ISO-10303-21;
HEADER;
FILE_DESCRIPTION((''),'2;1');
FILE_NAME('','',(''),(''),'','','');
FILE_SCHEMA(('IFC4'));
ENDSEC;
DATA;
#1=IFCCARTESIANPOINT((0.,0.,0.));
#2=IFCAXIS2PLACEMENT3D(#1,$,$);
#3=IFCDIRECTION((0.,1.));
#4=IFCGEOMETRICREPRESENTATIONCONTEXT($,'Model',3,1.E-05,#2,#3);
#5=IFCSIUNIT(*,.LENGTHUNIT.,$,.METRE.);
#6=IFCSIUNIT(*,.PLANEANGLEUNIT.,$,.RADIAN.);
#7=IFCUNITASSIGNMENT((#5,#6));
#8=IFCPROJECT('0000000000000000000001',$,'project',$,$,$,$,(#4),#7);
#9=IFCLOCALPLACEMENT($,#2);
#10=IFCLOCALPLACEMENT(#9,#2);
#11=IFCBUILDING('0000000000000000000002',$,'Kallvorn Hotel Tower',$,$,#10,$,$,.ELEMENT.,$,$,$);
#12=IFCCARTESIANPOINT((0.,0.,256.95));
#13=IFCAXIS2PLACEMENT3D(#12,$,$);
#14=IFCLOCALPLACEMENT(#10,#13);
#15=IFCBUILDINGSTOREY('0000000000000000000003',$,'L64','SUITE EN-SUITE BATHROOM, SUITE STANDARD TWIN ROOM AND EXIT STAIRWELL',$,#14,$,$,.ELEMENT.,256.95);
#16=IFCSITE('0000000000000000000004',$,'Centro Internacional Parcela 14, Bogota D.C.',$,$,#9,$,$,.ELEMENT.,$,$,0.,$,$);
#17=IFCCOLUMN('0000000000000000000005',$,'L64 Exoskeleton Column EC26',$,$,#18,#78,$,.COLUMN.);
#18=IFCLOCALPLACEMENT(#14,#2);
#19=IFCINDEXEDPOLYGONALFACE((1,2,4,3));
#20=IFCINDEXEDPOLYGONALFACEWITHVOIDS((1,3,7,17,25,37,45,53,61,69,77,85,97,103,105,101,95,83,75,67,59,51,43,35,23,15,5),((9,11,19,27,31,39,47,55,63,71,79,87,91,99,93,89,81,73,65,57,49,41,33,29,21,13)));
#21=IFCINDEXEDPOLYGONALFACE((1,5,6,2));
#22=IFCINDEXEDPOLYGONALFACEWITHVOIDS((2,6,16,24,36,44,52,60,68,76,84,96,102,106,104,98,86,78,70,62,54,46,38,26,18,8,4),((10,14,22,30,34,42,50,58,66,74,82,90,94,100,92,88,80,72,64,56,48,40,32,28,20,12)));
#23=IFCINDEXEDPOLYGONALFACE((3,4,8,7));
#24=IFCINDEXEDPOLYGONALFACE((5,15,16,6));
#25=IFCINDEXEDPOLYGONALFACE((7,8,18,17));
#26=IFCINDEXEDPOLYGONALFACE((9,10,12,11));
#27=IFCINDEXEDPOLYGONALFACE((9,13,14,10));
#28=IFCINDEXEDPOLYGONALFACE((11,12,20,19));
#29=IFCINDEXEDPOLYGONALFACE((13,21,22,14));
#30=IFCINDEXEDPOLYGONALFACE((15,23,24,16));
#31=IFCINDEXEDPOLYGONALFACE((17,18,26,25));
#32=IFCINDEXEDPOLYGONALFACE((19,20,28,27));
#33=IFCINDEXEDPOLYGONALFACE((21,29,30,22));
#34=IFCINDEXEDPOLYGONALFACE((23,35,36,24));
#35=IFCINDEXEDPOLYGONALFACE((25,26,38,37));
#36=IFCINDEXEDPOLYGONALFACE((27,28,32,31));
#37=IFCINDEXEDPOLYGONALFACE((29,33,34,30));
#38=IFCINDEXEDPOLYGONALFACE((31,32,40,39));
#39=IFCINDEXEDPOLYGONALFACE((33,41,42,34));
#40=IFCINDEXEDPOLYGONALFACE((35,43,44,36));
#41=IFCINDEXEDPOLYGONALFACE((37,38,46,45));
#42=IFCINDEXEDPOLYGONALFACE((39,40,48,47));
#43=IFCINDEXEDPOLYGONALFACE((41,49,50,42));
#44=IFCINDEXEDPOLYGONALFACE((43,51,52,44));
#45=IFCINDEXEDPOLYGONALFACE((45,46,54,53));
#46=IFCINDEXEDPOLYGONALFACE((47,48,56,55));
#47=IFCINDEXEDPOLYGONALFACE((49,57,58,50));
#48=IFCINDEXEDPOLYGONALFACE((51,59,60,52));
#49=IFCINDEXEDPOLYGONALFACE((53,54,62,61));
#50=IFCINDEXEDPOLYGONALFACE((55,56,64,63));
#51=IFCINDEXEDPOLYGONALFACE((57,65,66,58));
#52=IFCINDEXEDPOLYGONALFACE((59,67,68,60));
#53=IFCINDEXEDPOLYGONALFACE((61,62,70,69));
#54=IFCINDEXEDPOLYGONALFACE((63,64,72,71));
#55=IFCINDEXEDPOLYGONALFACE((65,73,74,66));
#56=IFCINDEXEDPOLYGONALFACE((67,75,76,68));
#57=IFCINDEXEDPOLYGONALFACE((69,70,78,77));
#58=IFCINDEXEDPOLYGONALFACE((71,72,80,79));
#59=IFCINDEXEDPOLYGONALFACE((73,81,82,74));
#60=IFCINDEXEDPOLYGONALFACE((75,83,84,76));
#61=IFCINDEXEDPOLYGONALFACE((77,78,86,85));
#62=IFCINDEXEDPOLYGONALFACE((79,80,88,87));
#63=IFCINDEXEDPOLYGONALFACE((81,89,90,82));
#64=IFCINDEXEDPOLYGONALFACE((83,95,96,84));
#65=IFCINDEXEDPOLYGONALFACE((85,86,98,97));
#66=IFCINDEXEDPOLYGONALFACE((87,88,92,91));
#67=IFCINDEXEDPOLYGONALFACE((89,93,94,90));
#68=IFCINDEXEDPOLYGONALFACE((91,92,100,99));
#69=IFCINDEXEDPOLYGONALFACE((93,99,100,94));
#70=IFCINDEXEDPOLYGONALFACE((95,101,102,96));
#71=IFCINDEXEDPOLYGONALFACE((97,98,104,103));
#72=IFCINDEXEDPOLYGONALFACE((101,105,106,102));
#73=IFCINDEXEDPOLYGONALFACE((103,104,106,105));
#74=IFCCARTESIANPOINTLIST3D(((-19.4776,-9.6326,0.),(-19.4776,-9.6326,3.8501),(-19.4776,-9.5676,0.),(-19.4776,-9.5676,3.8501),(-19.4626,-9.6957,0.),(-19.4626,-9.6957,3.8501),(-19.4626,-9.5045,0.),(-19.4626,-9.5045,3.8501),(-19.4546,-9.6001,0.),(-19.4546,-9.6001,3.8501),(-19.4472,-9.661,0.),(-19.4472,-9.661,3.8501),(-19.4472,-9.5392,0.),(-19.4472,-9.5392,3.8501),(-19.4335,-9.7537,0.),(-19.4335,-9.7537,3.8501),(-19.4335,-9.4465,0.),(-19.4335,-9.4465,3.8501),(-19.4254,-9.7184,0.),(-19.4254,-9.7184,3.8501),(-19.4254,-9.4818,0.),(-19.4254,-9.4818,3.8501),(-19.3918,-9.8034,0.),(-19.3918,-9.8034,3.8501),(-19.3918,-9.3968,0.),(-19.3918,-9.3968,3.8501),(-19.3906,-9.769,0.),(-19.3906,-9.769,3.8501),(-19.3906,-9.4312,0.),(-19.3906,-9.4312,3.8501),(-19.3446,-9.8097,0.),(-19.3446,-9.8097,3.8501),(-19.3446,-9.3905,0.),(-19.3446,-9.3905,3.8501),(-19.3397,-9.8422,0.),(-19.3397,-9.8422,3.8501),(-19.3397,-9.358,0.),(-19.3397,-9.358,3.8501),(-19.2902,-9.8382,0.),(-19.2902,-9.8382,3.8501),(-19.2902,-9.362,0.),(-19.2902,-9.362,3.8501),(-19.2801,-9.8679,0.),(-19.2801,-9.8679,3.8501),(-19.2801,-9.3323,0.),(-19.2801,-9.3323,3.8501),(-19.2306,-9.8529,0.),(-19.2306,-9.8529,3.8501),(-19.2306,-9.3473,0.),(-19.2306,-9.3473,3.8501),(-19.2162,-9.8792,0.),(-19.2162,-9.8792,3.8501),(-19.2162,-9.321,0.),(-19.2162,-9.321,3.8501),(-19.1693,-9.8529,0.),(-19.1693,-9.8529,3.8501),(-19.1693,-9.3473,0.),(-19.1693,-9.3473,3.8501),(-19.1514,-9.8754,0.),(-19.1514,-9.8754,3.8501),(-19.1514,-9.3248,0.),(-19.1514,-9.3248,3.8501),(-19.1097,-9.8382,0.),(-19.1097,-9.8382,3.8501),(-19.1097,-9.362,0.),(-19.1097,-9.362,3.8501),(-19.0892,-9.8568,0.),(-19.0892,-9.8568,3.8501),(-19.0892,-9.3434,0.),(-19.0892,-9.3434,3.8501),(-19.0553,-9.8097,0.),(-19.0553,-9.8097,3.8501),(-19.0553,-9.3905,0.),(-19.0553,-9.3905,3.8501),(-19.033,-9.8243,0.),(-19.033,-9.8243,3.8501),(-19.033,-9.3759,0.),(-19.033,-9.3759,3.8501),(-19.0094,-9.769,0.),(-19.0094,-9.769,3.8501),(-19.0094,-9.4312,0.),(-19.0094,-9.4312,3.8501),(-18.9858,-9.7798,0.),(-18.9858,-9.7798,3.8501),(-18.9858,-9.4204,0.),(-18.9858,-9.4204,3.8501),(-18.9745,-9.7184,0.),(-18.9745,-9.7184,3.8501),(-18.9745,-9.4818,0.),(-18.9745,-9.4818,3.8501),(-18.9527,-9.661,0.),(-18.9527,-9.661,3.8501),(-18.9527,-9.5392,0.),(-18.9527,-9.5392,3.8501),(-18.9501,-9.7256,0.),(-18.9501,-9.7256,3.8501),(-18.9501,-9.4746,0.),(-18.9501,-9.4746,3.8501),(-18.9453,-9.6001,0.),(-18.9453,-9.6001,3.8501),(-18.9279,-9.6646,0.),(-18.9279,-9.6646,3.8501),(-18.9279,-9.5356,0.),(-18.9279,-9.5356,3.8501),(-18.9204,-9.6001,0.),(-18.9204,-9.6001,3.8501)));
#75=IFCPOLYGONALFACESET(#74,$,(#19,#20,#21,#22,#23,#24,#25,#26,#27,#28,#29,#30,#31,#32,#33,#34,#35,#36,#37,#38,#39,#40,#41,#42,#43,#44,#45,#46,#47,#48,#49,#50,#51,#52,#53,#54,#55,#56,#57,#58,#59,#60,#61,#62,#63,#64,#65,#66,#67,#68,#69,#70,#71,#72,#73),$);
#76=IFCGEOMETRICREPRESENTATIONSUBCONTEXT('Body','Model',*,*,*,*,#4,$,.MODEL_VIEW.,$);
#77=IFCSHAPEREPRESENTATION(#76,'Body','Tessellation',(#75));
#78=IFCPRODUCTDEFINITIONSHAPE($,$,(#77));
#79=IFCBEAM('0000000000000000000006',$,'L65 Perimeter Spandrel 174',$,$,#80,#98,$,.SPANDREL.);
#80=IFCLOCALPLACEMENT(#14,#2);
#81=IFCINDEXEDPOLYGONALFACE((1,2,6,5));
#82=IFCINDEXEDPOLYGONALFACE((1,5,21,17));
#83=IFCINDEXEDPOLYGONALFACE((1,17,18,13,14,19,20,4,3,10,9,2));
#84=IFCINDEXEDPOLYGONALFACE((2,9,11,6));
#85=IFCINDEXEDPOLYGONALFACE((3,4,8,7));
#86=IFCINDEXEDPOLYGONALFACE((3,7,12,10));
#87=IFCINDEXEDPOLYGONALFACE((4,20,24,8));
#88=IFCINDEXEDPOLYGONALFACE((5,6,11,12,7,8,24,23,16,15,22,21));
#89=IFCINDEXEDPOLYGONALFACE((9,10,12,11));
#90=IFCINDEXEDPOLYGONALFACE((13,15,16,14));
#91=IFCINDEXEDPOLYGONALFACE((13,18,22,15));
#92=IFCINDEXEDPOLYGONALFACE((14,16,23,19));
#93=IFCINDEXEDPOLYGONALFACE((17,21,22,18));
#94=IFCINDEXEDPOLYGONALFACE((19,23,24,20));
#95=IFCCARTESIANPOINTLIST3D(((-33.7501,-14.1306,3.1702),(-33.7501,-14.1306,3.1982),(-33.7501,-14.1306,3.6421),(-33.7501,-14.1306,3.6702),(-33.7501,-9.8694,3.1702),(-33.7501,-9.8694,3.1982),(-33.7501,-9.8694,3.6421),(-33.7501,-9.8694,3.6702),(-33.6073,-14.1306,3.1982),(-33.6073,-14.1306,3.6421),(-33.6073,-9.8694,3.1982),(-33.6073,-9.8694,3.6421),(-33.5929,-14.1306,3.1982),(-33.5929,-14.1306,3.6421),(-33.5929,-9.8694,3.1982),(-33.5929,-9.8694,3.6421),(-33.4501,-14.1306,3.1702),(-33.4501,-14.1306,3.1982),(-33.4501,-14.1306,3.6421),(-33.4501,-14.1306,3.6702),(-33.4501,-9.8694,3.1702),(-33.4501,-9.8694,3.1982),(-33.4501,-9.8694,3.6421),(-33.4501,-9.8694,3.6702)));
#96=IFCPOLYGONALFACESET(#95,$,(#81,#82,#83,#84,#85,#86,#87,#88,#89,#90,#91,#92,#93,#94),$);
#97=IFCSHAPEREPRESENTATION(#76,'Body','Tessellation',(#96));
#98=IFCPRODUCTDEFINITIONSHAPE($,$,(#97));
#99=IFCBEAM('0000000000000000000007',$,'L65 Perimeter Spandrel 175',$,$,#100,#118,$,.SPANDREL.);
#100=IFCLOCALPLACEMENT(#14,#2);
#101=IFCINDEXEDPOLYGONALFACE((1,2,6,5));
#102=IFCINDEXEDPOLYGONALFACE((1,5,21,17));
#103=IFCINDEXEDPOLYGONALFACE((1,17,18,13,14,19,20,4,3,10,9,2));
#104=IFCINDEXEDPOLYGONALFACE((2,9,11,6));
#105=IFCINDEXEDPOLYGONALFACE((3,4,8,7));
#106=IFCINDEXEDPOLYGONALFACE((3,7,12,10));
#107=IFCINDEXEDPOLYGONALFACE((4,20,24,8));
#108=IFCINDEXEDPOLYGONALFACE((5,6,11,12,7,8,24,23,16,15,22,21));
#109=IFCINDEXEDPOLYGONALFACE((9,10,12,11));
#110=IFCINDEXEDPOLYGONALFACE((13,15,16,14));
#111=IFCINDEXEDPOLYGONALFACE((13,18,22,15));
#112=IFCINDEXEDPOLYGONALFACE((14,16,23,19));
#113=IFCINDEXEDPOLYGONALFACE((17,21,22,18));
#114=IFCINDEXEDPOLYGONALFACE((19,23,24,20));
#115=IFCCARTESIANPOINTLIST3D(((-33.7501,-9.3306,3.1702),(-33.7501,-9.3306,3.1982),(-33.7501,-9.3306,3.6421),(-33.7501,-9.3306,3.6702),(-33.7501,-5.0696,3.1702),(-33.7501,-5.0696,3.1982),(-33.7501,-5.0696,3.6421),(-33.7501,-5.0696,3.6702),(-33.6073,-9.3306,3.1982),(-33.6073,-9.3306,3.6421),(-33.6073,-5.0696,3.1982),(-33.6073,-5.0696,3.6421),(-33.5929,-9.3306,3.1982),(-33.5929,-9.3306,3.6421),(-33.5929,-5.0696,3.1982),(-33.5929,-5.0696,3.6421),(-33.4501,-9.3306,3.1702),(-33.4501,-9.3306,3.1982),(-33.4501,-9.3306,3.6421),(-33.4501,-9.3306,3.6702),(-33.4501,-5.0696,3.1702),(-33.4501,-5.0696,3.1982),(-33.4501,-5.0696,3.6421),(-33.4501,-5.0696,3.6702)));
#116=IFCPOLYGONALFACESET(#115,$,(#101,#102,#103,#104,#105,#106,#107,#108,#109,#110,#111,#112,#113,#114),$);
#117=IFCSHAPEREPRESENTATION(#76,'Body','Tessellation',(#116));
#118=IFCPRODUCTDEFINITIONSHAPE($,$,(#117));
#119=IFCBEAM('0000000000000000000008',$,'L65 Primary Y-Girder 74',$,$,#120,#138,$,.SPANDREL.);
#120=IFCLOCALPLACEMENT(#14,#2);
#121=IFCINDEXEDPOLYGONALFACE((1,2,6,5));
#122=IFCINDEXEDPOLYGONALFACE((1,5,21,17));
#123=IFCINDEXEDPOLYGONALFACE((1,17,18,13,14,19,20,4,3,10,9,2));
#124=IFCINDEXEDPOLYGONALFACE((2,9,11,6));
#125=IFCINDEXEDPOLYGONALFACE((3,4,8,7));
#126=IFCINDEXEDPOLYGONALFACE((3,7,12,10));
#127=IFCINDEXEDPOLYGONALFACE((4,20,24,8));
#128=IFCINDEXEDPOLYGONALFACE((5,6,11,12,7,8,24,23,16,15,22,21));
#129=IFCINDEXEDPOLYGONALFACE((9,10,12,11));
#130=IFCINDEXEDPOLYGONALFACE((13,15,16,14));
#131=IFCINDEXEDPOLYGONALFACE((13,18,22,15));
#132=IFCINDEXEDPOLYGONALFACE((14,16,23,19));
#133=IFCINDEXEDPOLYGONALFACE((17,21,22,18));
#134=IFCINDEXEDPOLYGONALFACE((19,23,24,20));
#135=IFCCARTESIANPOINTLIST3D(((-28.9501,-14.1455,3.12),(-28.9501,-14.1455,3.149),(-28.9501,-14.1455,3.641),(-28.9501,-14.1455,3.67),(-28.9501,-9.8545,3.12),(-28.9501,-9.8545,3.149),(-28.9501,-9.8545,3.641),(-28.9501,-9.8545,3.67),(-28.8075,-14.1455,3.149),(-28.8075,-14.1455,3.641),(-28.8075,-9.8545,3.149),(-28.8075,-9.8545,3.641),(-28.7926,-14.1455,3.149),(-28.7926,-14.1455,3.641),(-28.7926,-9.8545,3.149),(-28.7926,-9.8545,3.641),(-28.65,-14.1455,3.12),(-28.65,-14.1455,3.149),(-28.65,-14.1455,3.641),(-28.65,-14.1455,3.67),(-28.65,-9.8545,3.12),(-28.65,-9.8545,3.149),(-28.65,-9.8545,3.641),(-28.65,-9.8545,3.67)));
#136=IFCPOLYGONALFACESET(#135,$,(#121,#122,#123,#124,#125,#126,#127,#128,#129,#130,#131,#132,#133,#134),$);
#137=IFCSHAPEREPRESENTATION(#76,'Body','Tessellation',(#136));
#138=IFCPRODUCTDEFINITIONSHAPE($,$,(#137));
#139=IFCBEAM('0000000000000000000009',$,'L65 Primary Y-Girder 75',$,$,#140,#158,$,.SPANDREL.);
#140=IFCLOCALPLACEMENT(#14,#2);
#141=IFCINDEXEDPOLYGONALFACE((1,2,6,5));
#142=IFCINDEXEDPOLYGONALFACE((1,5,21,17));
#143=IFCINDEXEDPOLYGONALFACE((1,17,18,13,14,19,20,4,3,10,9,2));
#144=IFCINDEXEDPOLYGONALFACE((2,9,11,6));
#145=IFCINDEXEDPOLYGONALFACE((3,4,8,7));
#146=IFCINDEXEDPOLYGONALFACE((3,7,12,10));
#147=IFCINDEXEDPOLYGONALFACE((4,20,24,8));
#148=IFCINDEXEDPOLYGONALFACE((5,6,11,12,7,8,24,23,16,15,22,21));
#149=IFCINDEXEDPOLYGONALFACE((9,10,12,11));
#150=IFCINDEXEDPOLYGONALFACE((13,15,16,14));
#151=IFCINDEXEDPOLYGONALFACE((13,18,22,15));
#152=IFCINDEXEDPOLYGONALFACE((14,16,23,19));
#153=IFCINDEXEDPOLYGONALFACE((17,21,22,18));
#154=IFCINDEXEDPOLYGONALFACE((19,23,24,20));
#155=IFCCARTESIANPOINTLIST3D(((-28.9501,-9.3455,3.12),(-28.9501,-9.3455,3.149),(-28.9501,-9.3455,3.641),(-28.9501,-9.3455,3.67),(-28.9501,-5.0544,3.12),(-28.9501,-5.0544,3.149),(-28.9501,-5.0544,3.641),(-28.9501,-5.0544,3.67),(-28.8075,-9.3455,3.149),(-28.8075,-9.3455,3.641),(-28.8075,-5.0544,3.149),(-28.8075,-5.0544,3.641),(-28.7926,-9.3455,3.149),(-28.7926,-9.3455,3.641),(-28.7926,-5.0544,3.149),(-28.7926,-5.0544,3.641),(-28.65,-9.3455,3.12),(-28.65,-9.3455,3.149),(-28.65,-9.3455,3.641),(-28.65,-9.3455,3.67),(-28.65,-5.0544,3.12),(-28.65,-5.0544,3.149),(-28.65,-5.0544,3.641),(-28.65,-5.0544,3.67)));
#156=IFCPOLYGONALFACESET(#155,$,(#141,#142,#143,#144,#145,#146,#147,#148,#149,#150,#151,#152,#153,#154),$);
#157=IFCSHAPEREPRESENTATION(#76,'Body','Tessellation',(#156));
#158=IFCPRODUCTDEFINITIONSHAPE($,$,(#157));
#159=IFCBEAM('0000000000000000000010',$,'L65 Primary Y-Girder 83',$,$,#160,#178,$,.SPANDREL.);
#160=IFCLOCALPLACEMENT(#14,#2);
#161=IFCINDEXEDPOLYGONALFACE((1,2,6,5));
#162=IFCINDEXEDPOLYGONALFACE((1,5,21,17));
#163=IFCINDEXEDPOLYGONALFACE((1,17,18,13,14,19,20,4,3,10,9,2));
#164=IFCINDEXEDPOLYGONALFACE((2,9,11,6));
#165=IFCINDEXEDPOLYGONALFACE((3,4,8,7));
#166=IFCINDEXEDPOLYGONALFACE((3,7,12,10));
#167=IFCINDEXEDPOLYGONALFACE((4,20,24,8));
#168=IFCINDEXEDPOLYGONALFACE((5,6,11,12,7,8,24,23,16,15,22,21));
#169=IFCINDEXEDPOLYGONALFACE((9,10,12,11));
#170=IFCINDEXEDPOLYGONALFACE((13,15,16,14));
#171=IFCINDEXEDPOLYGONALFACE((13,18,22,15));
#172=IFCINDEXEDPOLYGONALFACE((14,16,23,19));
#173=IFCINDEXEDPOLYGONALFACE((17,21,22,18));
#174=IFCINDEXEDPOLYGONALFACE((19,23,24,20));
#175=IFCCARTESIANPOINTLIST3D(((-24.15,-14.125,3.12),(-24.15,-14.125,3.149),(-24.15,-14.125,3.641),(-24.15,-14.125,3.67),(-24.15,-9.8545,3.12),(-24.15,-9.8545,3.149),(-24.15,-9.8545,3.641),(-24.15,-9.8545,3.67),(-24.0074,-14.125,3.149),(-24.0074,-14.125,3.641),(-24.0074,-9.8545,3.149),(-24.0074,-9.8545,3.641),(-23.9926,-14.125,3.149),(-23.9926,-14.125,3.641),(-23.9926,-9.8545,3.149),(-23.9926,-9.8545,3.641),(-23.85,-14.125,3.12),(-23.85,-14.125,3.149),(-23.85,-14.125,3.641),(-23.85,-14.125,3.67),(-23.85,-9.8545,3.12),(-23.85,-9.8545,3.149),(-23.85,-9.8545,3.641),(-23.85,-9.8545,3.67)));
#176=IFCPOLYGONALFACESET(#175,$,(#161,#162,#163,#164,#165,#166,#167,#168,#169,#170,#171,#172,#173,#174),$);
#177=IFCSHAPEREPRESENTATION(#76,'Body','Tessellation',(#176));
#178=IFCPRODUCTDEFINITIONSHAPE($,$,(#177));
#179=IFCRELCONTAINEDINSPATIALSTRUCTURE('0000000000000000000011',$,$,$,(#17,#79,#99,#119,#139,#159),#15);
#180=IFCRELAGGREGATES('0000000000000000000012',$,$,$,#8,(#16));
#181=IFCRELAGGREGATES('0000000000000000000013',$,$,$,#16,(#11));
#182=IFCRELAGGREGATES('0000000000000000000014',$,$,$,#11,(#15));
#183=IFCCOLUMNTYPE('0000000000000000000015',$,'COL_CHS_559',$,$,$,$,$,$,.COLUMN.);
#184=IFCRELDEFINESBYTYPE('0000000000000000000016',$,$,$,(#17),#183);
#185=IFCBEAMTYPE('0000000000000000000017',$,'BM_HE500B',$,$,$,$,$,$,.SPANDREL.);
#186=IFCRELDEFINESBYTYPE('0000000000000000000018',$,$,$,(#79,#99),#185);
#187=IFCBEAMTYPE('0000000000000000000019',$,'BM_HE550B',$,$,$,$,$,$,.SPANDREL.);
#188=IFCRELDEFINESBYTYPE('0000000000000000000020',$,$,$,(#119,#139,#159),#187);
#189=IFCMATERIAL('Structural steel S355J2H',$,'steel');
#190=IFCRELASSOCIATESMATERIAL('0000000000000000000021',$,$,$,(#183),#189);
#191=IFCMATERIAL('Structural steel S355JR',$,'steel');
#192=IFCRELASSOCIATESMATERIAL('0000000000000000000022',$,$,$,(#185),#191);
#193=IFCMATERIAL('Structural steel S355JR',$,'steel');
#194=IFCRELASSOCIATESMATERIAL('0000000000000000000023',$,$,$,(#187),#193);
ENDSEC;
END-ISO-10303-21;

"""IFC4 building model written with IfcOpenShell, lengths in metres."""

from ifc_helpers import new_model, si_unit, direction, frame, origin, origin_2d, place, context, subcontext, project, spatial, hollow_circle, i_section, extrude, material, material_profile, profile_set, type_object, element, save


model = new_model("IFC4")

# Units and contexts
model_context = context("Model", 3, precision=1e-05, world=origin(), true_north=direction((0.0, 1.0)))
body_context = subcontext(model_context, "Body", "Model", "MODEL_VIEW")
ifc_project = project(units=[si_unit("LENGTHUNIT", "METRE"), si_unit("PLANEANGLEUNIT", "RADIAN")], contexts=[model_context])

# Site, building, storey
site_placement = place(None, origin())
site = spatial("IfcSite", under=ifc_project, at=site_placement, Name="Centro Internacional Parcela 14, Bogota D.C.", CompositionType="ELEMENT", RefElevation=0.0)
building_placement = place(site_placement, origin())
building = spatial("IfcBuilding", under=site, at=building_placement, Name="Kallvorn Hotel Tower", CompositionType="ELEMENT")
storey_placement = place(building_placement, frame((0.0, 0.0, 256.95)))
storey = spatial("IfcBuildingStorey", under=building, at=storey_placement, Name="L64", Description="SUITE EN-SUITE BATHROOM, SUITE STANDARD TWIN ROOM AND EXIT STAIRWELL", CompositionType="ELEMENT", Elevation=256.95)

# Column
ifc_material_1 = material(Name="Structural steel S355J2H", Category="steel")
ifc_material_profile_1 = material_profile(ifc_material_1, hollow_circle(Radius=0.2795, WallThickness=0.0249, at=origin_2d()), Name="CHS 559x25")
ifc_profile_set_1 = profile_set([ifc_material_profile_1], Name="Structural steel S355J2H")
column_type = type_object("IfcColumnType", Name="COL_CHS_559", PredefinedType="COLUMN", material=ifc_profile_set_1)
for number, where, z_axis, x_axis, name in (
    (1, (-19.2, -9.6001, 0.0), (0.0, 0.0, 1.0), (1.0, 0.0, 0.0), "L64 Exoskeleton Column EC26"),
):
    element("IfcColumn", number, at=place(storey_placement, frame(where, z_axis=z_axis, x_axis=x_axis)), inside=storey, type_object=column_type, Name=name, PredefinedType="COLUMN", context=body_context, shape_type="SweptSolid", body=[
        extrude(hollow_circle(Radius=0.2795, WallThickness=0.0249, at=origin_2d()), origin(), (0.0, 0.0, 1.0), 3.8501),
    ])

# Beams
ifc_material_2 = material(Name="Structural steel S355JR", Category="steel")
ifc_material_profile_2 = material_profile(ifc_material_2, i_section(OverallWidth=0.3, OverallDepth=0.5, WebThickness=0.0144, FlangeThickness=0.0281, at=origin_2d()), Name="HE 500 B")
ifc_profile_set_2 = profile_set([ifc_material_profile_2], Name="Structural steel S355JR")
beam_type_1 = type_object("IfcBeamType", Name="BM_HE500B", PredefinedType="SPANDREL", material=ifc_profile_set_2)
beam_1_placement = place(storey_placement, frame((-33.6001, -14.1306, 3.4202), z_axis=(0.0, 1.0, 0.0), x_axis=(-1.0, 0.0, 0.0)))
element("IfcBeam", 2, at=beam_1_placement, inside=storey, type_object=beam_type_1, Name="L65 Perimeter Spandrel 174", PredefinedType="SPANDREL", context=body_context, shape_type="SweptSolid", body=[
    extrude(i_section(OverallWidth=0.3, OverallDepth=0.5, WebThickness=0.0144, FlangeThickness=0.0281, at=origin_2d()), origin(), (0.0, 0.0, 1.0), 4.2612),
])
beam_2_placement = place(storey_placement, frame((-33.6001, -9.3306, 3.4202), z_axis=(0.0, 1.0, 0.0), x_axis=(-1.0, 0.0, 0.0)))
element("IfcBeam", 3, at=beam_2_placement, inside=storey, type_object=beam_type_1, Name="L65 Perimeter Spandrel 175", PredefinedType="SPANDREL", context=body_context, shape_type="SweptSolid", body=[
    extrude(i_section(OverallWidth=0.3, OverallDepth=0.5, WebThickness=0.0144, FlangeThickness=0.0281, at=origin_2d()), origin(), (0.0, 0.0, 1.0), 4.261),
])
ifc_material_3 = material(Name="Structural steel S355JR", Category="steel")
ifc_material_profile_3 = material_profile(ifc_material_3, i_section(OverallWidth=0.3, OverallDepth=0.55, WebThickness=0.0149, FlangeThickness=0.0291, at=origin_2d()), Name="HE 550 B")
ifc_profile_set_3 = profile_set([ifc_material_profile_3], Name="Structural steel S355JR")
beam_type_2 = type_object("IfcBeamType", Name="BM_HE550B", PredefinedType="SPANDREL", material=ifc_profile_set_3)
for number, where, z_axis, x_axis, name in (
    (4, (-28.8, -14.1455, 3.395), (0.0, 1.0, 0.0), (-1.0, 0.0, 0.0), "L65 Primary Y-Girder 74"),
    (5, (-28.8, -9.3455, 3.395), (0.0, 1.0, 0.0), (-1.0, 0.0, 0.0), "L65 Primary Y-Girder 75"),
):
    element("IfcBeam", number, at=place(storey_placement, frame(where, z_axis=z_axis, x_axis=x_axis)), inside=storey, type_object=beam_type_2, Name=name, PredefinedType="SPANDREL", context=body_context, shape_type="SweptSolid", body=[
        extrude(i_section(OverallWidth=0.3, OverallDepth=0.55, WebThickness=0.0149, FlangeThickness=0.0291, at=origin_2d()), origin(), (0.0, 0.0, 1.0), 4.291),
    ])
beam_3_placement = place(storey_placement, frame((-24.0, -14.125, 3.395), z_axis=(0.0, 1.0, 0.0), x_axis=(-1.0, 0.0, 0.0)))
element("IfcBeam", 6, at=beam_3_placement, inside=storey, type_object=beam_type_2, Name="L65 Primary Y-Girder 83", PredefinedType="SPANDREL", context=body_context, shape_type="SweptSolid", body=[
    extrude(i_section(OverallWidth=0.3, OverallDepth=0.55, WebThickness=0.0149, FlangeThickness=0.0291, at=origin_2d()), origin(), (0.0, 0.0, 1.0), 4.2705),
])

save(model, "model.ifc")
